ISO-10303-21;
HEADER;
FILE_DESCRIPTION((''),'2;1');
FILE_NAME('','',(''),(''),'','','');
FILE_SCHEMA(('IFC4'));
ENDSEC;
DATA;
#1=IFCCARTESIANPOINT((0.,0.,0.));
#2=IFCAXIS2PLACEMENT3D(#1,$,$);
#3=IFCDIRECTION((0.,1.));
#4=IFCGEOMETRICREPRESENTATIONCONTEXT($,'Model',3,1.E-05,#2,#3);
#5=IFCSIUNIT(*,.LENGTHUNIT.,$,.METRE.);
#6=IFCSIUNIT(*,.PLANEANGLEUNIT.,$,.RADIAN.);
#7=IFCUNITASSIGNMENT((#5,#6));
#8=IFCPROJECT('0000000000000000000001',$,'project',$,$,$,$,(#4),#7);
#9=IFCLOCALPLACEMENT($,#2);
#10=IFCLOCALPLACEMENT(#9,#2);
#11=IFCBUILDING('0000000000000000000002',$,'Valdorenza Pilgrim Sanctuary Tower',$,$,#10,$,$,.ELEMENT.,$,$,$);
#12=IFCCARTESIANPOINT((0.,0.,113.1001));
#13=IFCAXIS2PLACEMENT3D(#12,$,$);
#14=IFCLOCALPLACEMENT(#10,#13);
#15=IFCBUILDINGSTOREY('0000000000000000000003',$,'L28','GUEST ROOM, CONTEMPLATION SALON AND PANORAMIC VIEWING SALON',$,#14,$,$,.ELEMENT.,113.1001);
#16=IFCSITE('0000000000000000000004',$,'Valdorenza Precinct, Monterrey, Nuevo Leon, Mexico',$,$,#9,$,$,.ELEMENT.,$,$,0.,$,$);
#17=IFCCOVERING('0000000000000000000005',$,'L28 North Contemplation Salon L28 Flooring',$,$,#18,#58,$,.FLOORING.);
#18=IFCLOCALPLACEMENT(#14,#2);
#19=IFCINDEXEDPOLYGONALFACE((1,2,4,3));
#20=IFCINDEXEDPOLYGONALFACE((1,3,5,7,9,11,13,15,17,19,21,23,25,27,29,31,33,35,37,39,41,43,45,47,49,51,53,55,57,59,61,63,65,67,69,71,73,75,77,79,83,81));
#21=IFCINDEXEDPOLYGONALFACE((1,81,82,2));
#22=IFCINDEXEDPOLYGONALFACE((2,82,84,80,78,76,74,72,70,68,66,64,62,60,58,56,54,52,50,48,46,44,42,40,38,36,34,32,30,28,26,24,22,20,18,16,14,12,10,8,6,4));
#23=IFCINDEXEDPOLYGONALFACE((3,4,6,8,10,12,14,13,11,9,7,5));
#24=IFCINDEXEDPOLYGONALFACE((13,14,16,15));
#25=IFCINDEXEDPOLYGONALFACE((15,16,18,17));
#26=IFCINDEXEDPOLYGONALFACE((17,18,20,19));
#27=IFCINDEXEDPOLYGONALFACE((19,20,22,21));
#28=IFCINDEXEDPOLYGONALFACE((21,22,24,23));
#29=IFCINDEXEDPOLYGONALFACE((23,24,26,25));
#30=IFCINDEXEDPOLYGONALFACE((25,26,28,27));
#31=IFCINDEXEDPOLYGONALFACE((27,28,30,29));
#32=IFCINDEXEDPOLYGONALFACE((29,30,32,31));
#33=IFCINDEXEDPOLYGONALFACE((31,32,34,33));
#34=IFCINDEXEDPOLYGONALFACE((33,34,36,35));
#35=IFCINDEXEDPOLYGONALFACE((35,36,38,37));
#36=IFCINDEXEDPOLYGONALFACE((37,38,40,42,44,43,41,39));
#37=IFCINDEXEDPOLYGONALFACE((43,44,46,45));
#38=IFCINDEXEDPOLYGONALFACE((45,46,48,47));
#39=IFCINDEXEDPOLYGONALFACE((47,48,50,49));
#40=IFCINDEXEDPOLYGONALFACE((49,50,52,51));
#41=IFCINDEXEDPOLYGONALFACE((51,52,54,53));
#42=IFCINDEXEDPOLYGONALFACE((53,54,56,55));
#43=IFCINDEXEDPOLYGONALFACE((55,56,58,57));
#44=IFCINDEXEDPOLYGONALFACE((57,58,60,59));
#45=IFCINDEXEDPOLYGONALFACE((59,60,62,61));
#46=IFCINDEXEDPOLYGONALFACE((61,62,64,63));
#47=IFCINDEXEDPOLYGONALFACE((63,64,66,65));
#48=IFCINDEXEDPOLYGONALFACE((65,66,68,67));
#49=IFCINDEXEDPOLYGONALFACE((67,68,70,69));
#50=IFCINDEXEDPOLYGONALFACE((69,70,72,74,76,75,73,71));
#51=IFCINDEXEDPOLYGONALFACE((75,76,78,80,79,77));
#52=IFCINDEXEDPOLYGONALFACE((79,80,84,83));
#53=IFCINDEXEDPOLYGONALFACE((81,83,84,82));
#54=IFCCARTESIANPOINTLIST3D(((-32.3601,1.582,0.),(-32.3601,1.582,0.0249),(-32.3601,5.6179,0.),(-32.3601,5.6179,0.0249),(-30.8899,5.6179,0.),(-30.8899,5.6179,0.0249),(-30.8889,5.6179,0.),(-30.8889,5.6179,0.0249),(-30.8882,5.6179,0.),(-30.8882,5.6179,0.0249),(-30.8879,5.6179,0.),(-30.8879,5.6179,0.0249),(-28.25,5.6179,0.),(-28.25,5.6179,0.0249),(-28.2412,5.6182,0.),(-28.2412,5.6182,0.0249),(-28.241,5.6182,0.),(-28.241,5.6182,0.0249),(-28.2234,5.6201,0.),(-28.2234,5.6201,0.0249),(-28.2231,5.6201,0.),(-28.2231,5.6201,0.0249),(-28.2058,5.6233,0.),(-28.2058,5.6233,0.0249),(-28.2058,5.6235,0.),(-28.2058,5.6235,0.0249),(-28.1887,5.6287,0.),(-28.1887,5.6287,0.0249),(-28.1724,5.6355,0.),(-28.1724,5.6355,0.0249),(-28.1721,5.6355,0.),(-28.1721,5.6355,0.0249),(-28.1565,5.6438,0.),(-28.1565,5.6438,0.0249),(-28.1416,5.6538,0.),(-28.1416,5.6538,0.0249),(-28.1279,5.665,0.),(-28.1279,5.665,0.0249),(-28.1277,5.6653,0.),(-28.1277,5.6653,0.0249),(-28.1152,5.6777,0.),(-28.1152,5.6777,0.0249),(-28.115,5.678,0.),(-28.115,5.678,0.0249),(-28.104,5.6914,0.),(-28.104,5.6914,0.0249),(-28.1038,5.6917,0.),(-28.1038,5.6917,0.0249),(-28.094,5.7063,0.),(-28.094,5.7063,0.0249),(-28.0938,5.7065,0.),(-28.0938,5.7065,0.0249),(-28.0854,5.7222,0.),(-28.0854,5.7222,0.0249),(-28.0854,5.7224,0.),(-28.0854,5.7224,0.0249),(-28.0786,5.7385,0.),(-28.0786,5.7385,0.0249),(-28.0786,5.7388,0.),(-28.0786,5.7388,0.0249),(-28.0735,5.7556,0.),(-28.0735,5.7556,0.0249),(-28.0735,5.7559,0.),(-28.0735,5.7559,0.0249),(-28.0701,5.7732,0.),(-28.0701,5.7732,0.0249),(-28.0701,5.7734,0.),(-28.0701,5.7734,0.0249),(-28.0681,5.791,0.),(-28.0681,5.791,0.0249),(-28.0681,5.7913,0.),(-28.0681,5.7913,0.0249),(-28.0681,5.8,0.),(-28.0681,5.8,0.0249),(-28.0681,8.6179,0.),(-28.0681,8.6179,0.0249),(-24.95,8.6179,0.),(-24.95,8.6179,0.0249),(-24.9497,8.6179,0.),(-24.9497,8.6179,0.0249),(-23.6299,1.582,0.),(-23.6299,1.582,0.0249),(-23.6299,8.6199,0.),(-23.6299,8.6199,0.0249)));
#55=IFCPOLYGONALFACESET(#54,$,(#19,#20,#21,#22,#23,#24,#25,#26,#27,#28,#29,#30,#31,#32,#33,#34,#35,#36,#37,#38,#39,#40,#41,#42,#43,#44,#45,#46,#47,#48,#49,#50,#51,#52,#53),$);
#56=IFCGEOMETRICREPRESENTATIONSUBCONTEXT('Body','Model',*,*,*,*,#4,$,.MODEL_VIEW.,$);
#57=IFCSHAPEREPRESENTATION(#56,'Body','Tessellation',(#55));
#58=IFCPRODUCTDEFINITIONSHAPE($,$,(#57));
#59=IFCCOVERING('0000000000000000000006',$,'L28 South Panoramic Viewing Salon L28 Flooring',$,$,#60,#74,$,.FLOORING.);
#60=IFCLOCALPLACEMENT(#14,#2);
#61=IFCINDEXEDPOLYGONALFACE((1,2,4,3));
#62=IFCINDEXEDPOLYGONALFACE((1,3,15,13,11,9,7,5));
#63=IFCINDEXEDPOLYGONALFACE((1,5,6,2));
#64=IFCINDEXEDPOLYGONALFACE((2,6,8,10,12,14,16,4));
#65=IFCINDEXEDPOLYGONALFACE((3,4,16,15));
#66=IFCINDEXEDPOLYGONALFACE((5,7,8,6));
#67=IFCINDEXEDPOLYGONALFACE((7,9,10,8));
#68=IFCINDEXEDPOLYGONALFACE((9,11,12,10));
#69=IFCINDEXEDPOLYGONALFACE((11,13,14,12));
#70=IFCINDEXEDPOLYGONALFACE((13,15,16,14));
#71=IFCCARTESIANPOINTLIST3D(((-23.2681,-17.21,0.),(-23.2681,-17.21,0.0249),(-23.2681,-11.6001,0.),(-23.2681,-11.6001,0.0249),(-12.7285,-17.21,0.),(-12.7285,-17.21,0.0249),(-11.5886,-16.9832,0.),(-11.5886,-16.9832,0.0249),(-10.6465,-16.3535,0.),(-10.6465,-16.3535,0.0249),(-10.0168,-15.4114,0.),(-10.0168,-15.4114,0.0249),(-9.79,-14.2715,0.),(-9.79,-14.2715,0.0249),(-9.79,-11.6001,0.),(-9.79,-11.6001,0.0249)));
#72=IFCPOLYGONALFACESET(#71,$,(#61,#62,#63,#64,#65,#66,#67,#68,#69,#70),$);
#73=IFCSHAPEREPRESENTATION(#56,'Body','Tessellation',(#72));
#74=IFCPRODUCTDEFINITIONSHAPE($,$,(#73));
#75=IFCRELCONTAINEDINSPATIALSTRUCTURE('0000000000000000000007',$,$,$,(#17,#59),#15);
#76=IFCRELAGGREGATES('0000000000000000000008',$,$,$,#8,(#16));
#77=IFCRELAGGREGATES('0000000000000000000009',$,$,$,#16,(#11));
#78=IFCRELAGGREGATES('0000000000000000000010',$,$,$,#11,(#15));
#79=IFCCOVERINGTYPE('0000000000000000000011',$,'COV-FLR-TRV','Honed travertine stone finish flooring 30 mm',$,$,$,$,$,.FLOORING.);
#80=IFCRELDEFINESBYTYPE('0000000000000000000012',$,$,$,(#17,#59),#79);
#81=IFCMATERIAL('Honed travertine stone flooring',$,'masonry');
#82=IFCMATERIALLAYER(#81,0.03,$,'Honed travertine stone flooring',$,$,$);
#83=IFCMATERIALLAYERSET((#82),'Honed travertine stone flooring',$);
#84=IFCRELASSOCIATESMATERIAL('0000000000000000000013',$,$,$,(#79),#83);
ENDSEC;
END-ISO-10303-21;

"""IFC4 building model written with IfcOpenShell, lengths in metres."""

from ifc_helpers import new_model, si_unit, direction, frame, origin, place, context, subcontext, project, spatial, polyline, outline, extrude, material, layer, layer_set, type_object, element, save


model = new_model("IFC4")

# Units and contexts
model_context = context("Model", 3, precision=1e-05, world=origin(), true_north=direction((0.0, 1.0)))
body_context = subcontext(model_context, "Body", "Model", "MODEL_VIEW")
ifc_project = project(units=[si_unit("LENGTHUNIT", "METRE"), si_unit("PLANEANGLEUNIT", "RADIAN")], contexts=[model_context])

# Site, building, storey
site_placement = place(None, origin())
site = spatial("IfcSite", under=ifc_project, at=site_placement, Name="Valdorenza Precinct, Monterrey, Nuevo Leon, Mexico", CompositionType="ELEMENT", RefElevation=0.0)
building_placement = place(site_placement, origin())
building = spatial("IfcBuilding", under=site, at=building_placement, Name="Valdorenza Pilgrim Sanctuary Tower", CompositionType="ELEMENT")
storey_placement = place(building_placement, frame((0.0, 0.0, 113.1001)))
storey = spatial("IfcBuildingStorey", under=building, at=storey_placement, Name="L28", Description="GUEST ROOM, CONTEMPLATION SALON AND PANORAMIC VIEWING SALON", CompositionType="ELEMENT", Elevation=113.1001)

# Coverings
ifc_material_1 = material(Name="Honed travertine stone flooring", Category="masonry")
ifc_layer_1 = layer(ifc_material_1, 0.03, Name="Honed travertine stone flooring")
ifc_layer_set_1 = layer_set([ifc_layer_1], Name="Honed travertine stone flooring")
covering_type_1 = type_object("IfcCoveringType", Name="COV-FLR-TRV", Description="Honed travertine stone finish flooring 30 mm", PredefinedType="FLOORING", material=ifc_layer_set_1)
covering_1_placement = place(storey_placement, origin())
element("IfcCovering", 1, at=covering_1_placement, inside=storey, type_object=covering_type_1, Name="L28 North Contemplation Salon L28 Flooring", PredefinedType="FLOORING", context=body_context, shape_type="SweptSolid", body=[
    extrude(outline(polyline([(-30.8882, 5.6179), (-30.8879, 5.6179), (-28.25, 5.6179), (-28.2412, 5.6182), (-28.241, 5.6182), (-28.2234, 5.6201), (-28.2231, 5.6201), (-28.2058, 5.6233), (-28.2058, 5.6235), (-28.1887, 5.6287), (-28.1887, 5.6287), (-28.1724, 5.6355), (-28.1721, 5.6355), (-28.1565, 5.6438), (-28.1565, 5.6438), (-28.1416, 5.6538), (-28.1416, 5.6538), (-28.1279, 5.665), (-28.1277, 5.6653), (-28.1152, 5.6777), (-28.115, 5.678), (-28.104, 5.6914), (-28.1038, 5.6917), (-28.094, 5.7063), (-28.0938, 5.7065), (-28.0854, 5.7222), (-28.0854, 5.7224), (-28.0786, 5.7385), (-28.0786, 5.7388), (-28.0735, 5.7556), (-28.0735, 5.7559), (-28.0701, 5.7732), (-28.0701, 5.7734), (-28.0681, 5.791), (-28.0681, 5.7913), (-28.0681, 5.8), (-28.0681, 8.6179), (-24.95, 8.6179), (-24.9497, 8.6179), (-23.6299, 8.6199), (-23.6299, 1.582), (-32.3601, 1.582), (-32.3601, 5.6179), (-30.8899, 5.6179), (-30.8889, 5.6179), (-30.8882, 5.6179)])), origin(), (0.0, 0.0, 1.0), 0.0249),
])
covering_2_placement = place(storey_placement, origin())
element("IfcCovering", 2, at=covering_2_placement, inside=storey, type_object=covering_type_1, Name="L28 South Panoramic Viewing Salon L28 Flooring", PredefinedType="FLOORING", context=body_context, shape_type="SweptSolid", body=[
    extrude(outline(polyline([(-9.79, -11.6001), (-9.79, -14.2715), (-10.0168, -15.4114), (-10.6465, -16.3535), (-11.5886, -16.9832), (-12.7285, -17.21), (-23.2681, -17.21), (-23.2681, -11.6001), (-9.79, -11.6001)])), origin(), (0.0, 0.0, 1.0), 0.0249),
])

save(model, "model.ifc")
